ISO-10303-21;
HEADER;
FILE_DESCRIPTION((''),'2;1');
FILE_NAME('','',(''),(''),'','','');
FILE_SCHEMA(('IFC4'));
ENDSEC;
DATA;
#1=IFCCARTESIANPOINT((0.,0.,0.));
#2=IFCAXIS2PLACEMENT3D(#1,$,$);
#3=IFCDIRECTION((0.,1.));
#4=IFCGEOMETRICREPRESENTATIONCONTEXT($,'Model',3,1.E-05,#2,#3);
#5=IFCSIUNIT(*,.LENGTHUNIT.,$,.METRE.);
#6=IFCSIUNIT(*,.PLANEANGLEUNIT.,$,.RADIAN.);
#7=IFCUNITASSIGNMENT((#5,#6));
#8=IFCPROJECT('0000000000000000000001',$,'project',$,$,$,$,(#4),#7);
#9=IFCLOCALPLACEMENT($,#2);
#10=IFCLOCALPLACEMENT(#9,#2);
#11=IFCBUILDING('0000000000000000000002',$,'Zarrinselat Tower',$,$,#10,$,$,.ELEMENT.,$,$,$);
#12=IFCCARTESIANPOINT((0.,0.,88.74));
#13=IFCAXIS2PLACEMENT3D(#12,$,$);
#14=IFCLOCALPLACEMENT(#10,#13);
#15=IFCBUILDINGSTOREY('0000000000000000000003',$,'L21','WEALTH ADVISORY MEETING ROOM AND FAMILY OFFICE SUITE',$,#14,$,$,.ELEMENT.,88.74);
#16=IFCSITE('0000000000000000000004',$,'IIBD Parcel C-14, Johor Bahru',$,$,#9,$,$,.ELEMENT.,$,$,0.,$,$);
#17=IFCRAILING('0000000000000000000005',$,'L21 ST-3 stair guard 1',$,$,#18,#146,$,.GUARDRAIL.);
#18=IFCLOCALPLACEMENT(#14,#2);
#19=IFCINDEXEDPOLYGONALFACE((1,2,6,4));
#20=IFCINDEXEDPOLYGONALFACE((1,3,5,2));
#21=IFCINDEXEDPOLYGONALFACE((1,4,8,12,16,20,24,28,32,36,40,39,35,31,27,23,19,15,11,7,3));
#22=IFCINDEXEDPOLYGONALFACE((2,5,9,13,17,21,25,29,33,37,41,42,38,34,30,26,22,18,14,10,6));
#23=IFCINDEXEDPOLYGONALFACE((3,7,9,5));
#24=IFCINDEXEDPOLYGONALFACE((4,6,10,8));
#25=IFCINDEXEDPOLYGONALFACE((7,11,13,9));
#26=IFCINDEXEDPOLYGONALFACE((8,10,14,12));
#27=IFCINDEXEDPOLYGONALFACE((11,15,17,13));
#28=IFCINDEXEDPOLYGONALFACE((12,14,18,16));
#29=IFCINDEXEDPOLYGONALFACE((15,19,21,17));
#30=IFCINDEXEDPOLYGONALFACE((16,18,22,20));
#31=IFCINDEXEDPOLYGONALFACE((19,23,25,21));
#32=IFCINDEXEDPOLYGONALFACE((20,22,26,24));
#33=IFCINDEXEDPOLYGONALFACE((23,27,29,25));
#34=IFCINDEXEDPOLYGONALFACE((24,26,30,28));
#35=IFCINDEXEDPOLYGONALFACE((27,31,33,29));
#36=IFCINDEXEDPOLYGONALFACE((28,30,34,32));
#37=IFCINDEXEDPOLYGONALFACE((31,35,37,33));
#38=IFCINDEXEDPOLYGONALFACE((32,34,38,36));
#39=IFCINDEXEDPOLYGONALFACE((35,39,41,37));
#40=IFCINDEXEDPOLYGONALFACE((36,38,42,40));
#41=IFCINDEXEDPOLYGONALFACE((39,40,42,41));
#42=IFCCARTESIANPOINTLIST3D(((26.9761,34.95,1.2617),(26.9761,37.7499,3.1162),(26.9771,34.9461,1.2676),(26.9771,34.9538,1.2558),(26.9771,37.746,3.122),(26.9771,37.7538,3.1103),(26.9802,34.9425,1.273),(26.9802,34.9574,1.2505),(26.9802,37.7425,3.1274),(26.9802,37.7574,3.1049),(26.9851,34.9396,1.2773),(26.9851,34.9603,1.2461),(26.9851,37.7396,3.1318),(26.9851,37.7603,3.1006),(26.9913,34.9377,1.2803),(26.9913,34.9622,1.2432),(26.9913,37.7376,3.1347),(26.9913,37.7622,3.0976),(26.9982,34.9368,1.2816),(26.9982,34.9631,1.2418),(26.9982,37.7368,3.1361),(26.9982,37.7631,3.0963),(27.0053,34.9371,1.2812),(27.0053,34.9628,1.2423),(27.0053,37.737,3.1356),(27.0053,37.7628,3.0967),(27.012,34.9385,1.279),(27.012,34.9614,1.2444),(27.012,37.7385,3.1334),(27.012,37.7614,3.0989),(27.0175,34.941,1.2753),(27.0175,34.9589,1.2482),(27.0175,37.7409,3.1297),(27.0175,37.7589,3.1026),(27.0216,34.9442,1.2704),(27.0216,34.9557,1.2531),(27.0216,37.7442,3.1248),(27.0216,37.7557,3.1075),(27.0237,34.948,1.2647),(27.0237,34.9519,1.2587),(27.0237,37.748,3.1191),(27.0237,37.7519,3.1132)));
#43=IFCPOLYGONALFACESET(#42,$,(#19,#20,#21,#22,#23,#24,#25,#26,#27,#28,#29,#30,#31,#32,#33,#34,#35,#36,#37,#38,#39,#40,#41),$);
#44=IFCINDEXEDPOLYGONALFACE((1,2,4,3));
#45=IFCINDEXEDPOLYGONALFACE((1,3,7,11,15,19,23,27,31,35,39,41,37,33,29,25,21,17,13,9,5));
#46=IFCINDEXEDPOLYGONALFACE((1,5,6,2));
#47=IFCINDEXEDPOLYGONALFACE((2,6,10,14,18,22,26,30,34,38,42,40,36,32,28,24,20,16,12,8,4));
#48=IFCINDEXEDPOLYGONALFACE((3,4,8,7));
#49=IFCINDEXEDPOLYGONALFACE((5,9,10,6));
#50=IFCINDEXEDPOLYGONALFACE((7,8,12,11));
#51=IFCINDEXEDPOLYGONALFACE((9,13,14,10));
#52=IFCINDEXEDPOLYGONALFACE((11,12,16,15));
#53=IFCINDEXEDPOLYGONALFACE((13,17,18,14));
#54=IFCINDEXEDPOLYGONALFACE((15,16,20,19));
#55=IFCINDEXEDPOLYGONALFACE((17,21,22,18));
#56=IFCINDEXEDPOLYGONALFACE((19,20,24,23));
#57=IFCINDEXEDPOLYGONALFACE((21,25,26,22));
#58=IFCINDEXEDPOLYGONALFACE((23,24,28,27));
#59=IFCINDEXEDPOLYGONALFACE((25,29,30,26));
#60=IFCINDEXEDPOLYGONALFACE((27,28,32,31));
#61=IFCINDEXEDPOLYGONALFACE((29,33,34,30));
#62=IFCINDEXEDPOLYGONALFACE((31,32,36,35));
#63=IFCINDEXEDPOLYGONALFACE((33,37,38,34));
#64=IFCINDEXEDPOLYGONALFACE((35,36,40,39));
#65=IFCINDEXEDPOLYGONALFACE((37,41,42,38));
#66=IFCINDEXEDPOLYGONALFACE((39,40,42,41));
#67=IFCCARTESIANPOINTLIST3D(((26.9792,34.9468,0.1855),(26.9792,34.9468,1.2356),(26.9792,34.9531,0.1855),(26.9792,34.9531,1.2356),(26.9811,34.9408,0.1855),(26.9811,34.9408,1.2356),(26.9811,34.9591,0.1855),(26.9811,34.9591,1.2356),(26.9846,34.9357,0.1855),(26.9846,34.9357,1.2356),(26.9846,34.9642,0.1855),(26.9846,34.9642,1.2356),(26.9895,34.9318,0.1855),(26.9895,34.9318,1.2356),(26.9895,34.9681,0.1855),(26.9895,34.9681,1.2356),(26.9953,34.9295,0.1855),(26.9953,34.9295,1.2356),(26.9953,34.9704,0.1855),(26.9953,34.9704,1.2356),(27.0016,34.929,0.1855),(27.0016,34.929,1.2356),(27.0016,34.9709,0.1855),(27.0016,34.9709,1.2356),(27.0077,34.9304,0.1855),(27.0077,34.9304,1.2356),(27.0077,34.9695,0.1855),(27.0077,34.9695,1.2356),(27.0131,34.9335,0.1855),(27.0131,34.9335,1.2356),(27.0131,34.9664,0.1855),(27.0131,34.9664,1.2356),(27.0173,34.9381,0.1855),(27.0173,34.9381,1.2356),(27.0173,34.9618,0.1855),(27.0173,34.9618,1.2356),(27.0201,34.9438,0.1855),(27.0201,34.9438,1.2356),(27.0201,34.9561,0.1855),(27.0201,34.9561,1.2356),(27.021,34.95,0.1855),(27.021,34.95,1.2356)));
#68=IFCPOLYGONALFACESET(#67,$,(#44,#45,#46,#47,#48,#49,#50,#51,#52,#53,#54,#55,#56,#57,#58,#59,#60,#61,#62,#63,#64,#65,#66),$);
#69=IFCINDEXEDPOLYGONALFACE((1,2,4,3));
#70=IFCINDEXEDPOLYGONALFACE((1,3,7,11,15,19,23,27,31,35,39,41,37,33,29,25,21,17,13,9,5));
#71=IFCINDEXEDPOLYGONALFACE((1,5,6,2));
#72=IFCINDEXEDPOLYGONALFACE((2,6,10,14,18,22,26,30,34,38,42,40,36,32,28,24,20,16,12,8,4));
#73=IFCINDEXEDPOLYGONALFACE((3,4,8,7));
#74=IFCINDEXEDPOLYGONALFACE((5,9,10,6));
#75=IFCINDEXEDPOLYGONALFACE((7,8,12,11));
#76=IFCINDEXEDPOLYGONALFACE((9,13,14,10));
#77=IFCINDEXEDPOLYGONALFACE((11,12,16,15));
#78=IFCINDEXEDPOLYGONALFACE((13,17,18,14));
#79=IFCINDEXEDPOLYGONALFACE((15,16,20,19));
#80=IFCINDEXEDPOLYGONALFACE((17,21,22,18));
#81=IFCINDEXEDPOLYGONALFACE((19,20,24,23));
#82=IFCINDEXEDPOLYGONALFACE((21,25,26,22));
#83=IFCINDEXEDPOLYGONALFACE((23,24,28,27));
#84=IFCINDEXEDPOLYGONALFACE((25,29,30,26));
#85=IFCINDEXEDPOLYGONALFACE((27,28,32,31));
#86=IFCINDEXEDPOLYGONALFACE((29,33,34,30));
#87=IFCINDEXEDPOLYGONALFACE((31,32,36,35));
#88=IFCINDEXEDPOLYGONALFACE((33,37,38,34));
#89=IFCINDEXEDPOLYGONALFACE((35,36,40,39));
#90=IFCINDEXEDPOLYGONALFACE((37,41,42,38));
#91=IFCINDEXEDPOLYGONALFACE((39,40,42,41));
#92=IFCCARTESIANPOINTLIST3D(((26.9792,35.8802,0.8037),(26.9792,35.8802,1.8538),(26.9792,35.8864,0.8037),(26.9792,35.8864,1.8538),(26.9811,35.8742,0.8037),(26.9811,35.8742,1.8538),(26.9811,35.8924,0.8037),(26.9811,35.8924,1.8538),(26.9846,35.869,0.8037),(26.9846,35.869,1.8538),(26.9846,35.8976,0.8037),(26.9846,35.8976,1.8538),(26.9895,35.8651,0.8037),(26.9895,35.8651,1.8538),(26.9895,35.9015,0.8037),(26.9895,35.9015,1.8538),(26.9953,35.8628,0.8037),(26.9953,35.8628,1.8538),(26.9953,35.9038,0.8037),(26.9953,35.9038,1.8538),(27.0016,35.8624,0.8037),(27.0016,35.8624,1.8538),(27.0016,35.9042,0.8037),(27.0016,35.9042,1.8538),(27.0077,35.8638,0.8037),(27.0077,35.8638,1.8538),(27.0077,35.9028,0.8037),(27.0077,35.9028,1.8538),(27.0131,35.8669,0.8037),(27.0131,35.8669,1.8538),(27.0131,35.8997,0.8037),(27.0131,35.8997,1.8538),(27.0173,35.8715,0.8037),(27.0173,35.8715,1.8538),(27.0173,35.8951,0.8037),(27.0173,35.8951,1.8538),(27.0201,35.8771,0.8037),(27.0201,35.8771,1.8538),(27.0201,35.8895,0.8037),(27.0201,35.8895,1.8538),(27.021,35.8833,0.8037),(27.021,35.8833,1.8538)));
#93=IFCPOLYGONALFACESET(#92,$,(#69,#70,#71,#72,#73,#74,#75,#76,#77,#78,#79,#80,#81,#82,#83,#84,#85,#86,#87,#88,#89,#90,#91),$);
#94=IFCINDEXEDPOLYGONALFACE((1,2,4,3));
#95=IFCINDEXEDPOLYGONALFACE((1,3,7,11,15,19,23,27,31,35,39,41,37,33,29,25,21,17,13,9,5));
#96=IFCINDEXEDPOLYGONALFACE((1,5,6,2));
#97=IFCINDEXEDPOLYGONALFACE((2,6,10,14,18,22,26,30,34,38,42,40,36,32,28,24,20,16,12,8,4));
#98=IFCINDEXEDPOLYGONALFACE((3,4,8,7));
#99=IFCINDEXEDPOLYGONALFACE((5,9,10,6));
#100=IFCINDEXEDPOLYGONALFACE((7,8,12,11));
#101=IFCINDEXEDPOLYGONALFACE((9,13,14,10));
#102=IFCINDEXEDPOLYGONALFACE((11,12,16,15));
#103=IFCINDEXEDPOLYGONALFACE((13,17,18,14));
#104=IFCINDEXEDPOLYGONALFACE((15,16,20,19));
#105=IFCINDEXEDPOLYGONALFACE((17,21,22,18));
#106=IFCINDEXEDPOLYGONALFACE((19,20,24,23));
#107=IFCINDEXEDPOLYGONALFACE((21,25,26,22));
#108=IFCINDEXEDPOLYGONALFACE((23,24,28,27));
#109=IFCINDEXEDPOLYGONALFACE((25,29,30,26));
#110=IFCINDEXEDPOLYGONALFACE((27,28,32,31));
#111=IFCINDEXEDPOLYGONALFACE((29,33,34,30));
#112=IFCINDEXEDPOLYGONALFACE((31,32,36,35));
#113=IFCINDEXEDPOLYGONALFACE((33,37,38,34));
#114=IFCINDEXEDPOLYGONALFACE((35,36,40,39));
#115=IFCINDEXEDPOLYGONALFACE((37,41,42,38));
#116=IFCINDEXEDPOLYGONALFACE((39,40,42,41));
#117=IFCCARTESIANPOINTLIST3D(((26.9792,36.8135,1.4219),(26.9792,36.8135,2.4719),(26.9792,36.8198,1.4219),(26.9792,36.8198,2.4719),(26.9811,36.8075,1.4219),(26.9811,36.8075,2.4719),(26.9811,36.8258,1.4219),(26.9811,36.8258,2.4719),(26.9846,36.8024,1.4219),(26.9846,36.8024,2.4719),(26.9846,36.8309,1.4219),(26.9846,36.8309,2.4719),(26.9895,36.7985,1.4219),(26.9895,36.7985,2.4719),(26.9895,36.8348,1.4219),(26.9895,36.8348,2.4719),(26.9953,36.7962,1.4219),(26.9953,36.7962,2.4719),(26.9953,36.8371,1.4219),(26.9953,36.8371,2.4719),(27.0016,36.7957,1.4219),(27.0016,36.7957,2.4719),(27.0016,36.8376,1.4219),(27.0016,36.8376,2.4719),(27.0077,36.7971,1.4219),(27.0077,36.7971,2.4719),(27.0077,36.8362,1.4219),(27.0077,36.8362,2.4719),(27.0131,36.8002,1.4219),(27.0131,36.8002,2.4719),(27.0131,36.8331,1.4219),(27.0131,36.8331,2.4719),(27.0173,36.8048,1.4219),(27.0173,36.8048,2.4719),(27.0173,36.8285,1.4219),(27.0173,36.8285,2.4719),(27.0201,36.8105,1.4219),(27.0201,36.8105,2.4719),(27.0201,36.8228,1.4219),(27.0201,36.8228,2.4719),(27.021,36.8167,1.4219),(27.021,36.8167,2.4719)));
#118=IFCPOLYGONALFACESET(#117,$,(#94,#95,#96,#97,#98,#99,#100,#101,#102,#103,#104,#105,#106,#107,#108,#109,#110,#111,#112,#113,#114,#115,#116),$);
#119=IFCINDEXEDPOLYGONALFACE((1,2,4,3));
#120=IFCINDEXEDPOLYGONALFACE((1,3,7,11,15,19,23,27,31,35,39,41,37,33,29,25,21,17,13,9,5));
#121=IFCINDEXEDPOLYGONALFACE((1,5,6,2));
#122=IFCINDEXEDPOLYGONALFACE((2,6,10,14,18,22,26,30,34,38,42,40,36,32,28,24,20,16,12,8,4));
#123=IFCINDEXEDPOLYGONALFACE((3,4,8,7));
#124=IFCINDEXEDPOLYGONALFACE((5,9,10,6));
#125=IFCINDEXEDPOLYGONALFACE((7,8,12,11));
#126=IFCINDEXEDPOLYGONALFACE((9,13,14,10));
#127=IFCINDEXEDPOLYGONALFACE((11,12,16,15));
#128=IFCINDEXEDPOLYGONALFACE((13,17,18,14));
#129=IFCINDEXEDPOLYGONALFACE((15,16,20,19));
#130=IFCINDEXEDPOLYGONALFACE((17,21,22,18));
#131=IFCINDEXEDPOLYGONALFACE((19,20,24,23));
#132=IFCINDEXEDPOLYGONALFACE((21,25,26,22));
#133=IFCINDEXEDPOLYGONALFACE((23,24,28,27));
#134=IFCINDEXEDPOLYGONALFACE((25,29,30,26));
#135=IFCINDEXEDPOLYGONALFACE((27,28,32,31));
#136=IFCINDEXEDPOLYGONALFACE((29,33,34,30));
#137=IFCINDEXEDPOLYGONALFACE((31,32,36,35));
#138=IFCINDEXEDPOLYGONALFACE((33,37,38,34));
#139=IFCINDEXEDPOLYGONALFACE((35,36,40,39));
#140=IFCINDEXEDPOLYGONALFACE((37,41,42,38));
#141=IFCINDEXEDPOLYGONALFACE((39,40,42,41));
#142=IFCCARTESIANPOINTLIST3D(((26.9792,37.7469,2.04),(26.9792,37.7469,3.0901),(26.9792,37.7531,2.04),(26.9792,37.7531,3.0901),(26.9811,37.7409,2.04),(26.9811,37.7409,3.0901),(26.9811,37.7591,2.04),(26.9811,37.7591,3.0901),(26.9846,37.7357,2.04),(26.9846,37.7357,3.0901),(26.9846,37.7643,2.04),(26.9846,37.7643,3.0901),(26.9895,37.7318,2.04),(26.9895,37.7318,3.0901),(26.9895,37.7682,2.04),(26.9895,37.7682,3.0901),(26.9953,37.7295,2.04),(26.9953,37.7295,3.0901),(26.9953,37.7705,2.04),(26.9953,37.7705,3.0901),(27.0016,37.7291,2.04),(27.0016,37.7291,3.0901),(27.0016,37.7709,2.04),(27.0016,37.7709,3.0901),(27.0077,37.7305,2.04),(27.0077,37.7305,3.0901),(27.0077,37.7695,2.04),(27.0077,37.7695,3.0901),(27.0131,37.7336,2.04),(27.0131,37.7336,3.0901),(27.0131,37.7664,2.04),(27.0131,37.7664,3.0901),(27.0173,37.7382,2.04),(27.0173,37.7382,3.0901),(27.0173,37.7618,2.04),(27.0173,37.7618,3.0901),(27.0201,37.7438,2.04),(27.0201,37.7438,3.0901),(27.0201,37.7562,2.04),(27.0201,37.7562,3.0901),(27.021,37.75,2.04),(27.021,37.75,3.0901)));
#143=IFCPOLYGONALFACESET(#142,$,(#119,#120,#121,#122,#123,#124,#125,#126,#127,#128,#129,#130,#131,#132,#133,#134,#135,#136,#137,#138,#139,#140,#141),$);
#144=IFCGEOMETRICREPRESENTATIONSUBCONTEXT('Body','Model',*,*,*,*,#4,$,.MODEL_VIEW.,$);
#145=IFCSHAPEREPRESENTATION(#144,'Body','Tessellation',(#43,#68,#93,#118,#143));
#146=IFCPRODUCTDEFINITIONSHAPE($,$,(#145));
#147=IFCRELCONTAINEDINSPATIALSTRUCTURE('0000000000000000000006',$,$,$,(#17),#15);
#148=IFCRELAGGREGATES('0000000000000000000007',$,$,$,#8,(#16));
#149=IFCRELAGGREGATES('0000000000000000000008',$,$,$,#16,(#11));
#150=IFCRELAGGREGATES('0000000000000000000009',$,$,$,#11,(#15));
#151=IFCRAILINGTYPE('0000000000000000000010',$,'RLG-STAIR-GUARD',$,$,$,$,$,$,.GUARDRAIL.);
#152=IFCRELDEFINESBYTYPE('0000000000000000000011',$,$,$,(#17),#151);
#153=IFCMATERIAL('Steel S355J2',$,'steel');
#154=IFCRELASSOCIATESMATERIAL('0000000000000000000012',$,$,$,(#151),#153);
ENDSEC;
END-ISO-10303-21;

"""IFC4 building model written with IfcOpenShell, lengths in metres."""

from ifc_helpers import new_model, si_unit, direction, frame, origin, origin_2d, place, context, subcontext, project, spatial, circle, extrude, material, type_object, element, save


model = new_model("IFC4")

# Units and contexts
model_context = context("Model", 3, precision=1e-05, world=origin(), true_north=direction((0.0, 1.0)))
body_context = subcontext(model_context, "Body", "Model", "MODEL_VIEW")
ifc_project = project(units=[si_unit("LENGTHUNIT", "METRE"), si_unit("PLANEANGLEUNIT", "RADIAN")], contexts=[model_context])

# Site, building, storey
site_placement = place(None, origin())
site = spatial("IfcSite", under=ifc_project, at=site_placement, Name="IIBD Parcel C-14, Johor Bahru", CompositionType="ELEMENT", RefElevation=0.0)
building_placement = place(site_placement, origin())
building = spatial("IfcBuilding", under=site, at=building_placement, Name="Zarrinselat Tower", CompositionType="ELEMENT")
storey_placement = place(building_placement, frame((0.0, 0.0, 88.74)))
storey = spatial("IfcBuildingStorey", under=building, at=storey_placement, Name="L21", Description="WEALTH ADVISORY MEETING ROOM AND FAMILY OFFICE SUITE", CompositionType="ELEMENT", Elevation=88.74)

# Railing
ifc_material_1 = material(Name="Steel S355J2", Category="steel")
railing_type_1 = type_object("IfcRailingType", Name="RLG-STAIR-GUARD", PredefinedType="GUARDRAIL", material=ifc_material_1)
railing_1_placement = place(storey_placement, frame((27.0, 34.95, 0.1855)))
element("IfcRailing", 1, at=railing_1_placement, inside=storey, type_object=railing_type_1, Name="L21 ST-3 stair guard 1", PredefinedType="GUARDRAIL", context=body_context, shape_type="SweptSolid", body=[
    extrude(circle(Radius=0.0239, at=origin_2d()), frame((0.0, 0.0, 1.0762), z_axis=(0.0, 0.833724, 0.552181), x_axis=(-1.0, 0.0, 0.0)), (0.0, 0.0, 1.0), 3.3584),
    extrude(circle(Radius=0.021, at=origin_2d()), origin(), (0.0, 0.0, 1.0), 1.05),
    extrude(circle(Radius=0.021, at=origin_2d()), frame((0.0, 0.9333, 0.6182)), (0.0, 0.0, 1.0), 1.05),
    extrude(circle(Radius=0.021, at=origin_2d()), frame((0.0, 1.8667, 1.2363)), (0.0, 0.0, 1.0), 1.05),
    extrude(circle(Radius=0.021, at=origin_2d()), frame((0.0, 2.8, 1.8545)), (0.0, 0.0, 1.0), 1.05),
])

save(model, "model.ifc")
